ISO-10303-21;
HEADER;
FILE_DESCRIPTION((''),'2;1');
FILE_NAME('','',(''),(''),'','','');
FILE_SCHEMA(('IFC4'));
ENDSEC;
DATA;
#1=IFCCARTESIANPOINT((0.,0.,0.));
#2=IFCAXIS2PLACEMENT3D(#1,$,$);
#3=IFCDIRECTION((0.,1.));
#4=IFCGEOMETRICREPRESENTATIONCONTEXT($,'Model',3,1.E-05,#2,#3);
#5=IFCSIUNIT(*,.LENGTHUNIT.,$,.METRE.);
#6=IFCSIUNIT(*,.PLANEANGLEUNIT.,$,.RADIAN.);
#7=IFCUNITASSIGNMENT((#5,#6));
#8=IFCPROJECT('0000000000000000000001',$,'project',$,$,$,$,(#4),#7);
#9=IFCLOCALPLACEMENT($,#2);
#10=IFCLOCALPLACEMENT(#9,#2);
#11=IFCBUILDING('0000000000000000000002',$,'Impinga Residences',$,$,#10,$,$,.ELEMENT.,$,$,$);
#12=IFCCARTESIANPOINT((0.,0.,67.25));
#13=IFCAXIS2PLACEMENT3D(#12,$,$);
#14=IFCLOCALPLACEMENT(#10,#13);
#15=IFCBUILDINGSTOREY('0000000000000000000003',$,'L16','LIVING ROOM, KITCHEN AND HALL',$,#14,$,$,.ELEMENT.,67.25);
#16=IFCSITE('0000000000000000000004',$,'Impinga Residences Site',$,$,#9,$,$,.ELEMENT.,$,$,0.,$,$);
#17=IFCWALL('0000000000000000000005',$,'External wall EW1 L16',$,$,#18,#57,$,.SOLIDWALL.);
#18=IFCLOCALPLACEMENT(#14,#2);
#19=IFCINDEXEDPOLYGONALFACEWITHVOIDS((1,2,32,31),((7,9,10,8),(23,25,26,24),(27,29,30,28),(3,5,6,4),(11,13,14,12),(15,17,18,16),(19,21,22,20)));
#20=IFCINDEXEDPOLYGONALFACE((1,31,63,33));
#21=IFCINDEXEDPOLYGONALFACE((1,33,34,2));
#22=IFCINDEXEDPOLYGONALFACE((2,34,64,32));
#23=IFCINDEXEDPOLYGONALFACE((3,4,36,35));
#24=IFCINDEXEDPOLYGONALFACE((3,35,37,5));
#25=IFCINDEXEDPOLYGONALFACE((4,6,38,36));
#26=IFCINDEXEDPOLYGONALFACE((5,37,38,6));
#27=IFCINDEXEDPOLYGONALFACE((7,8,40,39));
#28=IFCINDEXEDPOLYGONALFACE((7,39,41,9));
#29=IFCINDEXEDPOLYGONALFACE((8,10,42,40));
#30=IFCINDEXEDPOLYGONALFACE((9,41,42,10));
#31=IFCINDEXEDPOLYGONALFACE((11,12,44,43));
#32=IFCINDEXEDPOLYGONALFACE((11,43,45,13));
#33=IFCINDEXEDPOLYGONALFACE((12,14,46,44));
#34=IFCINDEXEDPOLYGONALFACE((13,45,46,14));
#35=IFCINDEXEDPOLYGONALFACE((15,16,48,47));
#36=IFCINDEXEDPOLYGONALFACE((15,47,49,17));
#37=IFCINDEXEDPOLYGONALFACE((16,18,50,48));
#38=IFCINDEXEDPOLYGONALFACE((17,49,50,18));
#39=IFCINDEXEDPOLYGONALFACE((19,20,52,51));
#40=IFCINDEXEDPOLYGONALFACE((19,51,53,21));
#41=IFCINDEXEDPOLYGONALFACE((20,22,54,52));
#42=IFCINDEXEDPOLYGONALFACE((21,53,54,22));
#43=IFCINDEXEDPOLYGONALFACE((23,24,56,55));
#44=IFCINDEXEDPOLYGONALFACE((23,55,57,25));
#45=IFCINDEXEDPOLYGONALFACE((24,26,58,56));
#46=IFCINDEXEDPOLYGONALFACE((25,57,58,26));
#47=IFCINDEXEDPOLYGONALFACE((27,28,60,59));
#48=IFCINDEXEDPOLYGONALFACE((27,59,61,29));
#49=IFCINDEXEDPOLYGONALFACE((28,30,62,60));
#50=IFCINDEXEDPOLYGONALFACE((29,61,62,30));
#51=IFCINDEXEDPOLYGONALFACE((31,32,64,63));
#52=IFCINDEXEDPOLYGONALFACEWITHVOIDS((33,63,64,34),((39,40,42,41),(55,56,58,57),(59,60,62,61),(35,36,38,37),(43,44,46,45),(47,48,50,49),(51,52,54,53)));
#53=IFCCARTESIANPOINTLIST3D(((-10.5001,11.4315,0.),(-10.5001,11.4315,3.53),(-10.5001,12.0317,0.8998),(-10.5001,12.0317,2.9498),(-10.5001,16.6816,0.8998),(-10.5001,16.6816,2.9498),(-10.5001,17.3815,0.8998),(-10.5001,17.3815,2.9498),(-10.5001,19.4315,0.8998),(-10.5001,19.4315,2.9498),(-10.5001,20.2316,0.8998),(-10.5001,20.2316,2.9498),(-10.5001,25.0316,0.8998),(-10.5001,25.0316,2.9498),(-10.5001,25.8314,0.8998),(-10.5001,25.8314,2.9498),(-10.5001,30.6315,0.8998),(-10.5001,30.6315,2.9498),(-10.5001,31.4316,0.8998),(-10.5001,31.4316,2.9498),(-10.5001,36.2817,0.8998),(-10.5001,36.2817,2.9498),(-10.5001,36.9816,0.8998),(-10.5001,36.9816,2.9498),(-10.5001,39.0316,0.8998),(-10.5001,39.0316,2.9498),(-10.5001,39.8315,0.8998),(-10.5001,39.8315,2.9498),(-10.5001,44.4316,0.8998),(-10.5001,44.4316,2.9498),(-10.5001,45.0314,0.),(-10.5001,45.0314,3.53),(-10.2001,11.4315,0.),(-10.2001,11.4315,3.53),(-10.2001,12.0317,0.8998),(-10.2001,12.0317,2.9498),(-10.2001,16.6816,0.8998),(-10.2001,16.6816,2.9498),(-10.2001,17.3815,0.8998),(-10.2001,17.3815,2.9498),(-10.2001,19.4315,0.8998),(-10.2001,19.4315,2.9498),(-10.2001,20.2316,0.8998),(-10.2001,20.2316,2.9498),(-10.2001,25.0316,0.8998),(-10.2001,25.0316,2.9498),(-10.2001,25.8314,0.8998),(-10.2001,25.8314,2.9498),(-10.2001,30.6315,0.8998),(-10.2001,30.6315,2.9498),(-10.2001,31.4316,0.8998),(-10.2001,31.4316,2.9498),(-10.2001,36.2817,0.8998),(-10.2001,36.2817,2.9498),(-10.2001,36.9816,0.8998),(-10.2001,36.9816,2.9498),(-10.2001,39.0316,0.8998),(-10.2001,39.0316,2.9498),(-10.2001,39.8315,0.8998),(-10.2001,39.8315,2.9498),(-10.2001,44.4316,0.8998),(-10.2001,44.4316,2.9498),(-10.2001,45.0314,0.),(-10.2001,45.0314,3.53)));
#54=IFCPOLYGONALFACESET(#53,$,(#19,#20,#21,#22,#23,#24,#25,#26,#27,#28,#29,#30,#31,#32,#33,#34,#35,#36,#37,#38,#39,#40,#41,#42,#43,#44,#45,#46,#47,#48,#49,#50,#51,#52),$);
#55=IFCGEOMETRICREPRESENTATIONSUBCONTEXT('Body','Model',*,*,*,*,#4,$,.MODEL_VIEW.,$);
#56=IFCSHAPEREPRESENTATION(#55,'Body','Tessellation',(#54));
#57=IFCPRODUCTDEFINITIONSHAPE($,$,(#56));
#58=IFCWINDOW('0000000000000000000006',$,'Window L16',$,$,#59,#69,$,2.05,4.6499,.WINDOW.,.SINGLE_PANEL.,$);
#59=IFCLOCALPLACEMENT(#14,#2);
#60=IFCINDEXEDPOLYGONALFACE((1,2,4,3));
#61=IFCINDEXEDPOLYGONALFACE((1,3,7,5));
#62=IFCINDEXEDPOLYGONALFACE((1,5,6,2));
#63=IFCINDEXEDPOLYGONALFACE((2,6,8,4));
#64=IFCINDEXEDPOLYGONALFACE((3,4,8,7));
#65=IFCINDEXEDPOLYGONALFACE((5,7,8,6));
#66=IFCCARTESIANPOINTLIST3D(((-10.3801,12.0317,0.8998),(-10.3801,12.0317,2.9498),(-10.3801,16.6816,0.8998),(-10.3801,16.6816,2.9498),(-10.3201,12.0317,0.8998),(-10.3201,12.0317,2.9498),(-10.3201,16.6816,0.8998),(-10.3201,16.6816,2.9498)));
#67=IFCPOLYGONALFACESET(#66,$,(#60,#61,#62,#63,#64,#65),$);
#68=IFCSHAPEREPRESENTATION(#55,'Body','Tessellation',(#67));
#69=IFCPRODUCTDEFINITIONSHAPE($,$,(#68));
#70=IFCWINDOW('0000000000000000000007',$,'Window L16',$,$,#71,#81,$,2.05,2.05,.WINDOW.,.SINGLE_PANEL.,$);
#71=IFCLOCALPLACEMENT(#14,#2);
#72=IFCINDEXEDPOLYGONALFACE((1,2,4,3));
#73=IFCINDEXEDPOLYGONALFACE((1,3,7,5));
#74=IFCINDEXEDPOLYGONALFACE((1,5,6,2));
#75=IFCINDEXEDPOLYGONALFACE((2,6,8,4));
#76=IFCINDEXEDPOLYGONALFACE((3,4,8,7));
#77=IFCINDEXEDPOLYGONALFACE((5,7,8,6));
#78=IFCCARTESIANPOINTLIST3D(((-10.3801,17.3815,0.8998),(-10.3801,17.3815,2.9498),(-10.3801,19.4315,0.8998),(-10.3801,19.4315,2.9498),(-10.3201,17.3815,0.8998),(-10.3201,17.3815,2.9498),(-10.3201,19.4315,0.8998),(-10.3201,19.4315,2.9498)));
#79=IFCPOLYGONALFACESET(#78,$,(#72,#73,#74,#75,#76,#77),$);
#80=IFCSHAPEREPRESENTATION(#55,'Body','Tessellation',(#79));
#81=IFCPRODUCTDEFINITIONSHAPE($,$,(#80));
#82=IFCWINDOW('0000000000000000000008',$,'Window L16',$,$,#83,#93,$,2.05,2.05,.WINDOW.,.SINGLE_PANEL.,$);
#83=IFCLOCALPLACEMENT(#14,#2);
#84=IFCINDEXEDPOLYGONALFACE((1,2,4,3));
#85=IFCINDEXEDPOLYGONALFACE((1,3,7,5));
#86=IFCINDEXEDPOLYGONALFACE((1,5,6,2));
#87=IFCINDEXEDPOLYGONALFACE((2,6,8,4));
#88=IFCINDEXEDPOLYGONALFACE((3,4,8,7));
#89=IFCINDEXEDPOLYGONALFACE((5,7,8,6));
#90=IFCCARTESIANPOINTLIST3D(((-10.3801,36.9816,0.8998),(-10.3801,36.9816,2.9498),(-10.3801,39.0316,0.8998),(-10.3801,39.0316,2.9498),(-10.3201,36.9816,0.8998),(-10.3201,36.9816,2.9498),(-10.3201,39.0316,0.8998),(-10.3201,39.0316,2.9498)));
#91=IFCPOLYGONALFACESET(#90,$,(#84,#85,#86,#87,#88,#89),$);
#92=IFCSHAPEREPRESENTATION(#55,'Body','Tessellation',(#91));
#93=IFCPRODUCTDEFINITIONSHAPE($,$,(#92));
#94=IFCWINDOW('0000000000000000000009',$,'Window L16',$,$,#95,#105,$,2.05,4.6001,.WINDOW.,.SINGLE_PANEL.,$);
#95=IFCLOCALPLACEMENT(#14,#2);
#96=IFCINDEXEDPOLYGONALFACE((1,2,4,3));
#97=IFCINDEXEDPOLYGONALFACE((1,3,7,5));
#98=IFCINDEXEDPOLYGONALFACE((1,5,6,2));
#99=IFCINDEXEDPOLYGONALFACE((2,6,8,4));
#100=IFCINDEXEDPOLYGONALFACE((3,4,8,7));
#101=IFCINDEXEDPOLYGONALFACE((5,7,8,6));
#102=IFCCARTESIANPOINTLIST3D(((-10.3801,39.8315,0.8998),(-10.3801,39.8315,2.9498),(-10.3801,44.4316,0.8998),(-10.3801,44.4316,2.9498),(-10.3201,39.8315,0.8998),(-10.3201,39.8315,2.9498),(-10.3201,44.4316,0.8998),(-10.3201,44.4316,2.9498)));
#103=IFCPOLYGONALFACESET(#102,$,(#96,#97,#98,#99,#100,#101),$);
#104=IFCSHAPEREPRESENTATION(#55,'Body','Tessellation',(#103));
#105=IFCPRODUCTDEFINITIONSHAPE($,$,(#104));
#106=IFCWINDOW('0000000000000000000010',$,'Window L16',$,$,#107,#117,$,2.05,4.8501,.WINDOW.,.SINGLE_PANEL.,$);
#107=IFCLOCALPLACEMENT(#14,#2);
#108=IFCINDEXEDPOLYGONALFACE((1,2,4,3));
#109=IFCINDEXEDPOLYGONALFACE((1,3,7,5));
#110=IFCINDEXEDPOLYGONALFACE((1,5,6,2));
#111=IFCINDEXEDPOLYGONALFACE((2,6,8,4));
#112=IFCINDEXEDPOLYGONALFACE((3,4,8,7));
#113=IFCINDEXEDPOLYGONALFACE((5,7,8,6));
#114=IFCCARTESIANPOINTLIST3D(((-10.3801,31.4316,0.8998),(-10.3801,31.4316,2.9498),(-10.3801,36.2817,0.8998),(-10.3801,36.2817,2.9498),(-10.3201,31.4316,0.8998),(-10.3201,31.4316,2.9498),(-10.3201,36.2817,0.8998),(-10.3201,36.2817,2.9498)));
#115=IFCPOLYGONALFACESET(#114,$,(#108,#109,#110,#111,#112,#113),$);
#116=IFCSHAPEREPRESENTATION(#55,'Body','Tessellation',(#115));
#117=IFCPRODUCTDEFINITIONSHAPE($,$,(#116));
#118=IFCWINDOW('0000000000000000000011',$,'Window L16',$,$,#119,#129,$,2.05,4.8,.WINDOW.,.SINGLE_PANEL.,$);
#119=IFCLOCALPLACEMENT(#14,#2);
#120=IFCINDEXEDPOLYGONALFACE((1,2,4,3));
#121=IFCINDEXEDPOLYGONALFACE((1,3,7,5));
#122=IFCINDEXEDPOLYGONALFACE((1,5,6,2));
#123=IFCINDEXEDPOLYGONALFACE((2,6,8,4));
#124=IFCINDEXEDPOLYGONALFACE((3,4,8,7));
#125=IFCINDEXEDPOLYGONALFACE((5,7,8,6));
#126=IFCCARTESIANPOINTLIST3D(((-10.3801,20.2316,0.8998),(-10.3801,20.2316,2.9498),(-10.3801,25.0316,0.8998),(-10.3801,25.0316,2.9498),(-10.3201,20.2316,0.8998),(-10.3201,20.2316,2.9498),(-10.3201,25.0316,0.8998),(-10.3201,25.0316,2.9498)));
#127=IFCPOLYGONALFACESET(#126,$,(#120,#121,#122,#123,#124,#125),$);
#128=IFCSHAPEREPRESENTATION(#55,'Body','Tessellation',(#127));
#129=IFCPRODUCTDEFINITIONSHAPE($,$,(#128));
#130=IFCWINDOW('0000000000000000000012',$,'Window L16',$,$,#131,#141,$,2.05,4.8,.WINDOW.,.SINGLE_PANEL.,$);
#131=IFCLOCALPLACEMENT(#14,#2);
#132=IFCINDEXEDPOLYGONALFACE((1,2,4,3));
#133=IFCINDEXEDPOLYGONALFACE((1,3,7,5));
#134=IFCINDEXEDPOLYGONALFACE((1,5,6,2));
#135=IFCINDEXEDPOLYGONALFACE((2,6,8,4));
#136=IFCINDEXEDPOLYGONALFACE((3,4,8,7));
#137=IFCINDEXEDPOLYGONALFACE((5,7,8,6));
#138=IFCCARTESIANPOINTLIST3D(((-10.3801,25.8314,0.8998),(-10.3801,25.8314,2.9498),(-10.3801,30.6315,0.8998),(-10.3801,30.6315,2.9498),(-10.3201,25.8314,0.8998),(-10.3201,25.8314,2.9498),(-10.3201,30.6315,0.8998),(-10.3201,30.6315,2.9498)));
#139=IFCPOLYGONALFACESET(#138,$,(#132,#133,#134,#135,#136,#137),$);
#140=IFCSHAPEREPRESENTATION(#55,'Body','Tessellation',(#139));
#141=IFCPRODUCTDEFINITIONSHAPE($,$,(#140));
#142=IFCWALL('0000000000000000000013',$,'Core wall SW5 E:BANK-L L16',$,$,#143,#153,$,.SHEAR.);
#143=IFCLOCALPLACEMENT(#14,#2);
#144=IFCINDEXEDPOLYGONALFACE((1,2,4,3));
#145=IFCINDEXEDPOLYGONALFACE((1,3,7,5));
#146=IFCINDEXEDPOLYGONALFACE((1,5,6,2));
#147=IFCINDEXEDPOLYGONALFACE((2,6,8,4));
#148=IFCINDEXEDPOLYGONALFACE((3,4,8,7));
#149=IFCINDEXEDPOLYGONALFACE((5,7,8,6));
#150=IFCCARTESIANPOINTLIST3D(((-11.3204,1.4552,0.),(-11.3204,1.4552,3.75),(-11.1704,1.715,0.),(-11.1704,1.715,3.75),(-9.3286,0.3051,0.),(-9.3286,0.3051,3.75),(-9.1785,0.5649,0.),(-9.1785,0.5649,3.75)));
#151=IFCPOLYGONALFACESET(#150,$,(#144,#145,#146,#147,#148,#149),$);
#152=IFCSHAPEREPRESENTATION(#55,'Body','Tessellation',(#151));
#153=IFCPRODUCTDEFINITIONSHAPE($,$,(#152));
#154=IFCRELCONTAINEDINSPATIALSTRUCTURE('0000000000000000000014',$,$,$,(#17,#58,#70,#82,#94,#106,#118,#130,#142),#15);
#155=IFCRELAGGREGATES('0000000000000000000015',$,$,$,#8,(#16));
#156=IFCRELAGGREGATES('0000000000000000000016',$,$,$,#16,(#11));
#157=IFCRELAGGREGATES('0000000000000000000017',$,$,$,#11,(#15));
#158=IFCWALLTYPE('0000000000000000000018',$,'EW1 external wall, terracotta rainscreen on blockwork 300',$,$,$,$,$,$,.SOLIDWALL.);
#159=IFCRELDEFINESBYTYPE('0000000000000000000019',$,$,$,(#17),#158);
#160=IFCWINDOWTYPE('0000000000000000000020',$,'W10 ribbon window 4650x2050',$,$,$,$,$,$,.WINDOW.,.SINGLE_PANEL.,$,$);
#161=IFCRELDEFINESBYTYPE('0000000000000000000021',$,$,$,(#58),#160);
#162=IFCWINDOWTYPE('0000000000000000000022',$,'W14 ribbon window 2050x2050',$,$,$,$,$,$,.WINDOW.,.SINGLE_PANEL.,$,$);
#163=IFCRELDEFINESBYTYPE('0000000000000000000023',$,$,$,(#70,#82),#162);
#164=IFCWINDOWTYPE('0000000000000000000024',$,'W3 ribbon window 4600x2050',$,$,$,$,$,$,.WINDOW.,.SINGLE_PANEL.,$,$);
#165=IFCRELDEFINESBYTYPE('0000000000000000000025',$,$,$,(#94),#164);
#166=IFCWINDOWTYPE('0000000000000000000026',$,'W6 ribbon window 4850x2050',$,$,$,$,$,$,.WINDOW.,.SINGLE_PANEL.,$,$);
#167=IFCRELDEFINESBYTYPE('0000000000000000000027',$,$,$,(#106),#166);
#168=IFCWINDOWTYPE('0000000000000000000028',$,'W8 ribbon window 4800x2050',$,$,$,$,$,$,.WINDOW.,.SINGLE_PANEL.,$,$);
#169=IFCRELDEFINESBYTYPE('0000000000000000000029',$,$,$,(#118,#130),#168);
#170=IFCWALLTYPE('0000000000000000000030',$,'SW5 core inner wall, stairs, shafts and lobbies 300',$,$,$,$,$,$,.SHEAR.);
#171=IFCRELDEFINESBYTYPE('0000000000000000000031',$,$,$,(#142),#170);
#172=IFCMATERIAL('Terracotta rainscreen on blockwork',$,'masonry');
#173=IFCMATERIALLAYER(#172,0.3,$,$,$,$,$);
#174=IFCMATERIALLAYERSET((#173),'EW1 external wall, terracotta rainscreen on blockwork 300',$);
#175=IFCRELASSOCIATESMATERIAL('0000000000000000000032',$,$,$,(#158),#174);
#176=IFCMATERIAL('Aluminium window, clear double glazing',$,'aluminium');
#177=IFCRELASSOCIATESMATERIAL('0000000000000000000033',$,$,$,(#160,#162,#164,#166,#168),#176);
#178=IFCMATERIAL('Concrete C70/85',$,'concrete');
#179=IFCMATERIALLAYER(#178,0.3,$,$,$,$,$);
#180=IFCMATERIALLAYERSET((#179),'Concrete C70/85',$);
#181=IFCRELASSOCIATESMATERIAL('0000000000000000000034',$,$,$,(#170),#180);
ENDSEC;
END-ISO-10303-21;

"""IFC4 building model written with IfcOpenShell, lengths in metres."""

from ifc_helpers import new_model, si_unit, direction, frame, frame_2d, origin, place, context, subcontext, project, spatial, rectangle, extrude, material, layer, layer_set, type_object, element, fill, save


model = new_model("IFC4")

# Units and contexts
model_context = context("Model", 3, precision=1e-05, world=origin(), true_north=direction((0.0, 1.0)))
body_context = subcontext(model_context, "Body", "Model", "MODEL_VIEW")
ifc_project = project(units=[si_unit("LENGTHUNIT", "METRE"), si_unit("PLANEANGLEUNIT", "RADIAN")], contexts=[model_context])

# Site, building, storey
site_placement = place(None, origin())
site = spatial("IfcSite", under=ifc_project, at=site_placement, Name="Impinga Residences Site", CompositionType="ELEMENT", RefElevation=0.0)
building_placement = place(site_placement, origin())
building = spatial("IfcBuilding", under=site, at=building_placement, Name="Impinga Residences", CompositionType="ELEMENT")
storey_placement = place(building_placement, frame((0.0, 0.0, 67.25)))
storey = spatial("IfcBuildingStorey", under=building, at=storey_placement, Name="L16", Description="LIVING ROOM, KITCHEN AND HALL", CompositionType="ELEMENT", Elevation=67.25)

# Shared definitions
ifc_material_1 = material(Name="Concrete C70/85", Category="concrete")

# Wall, openings, windows
ifc_material_2 = material(Name="Terracotta rainscreen on blockwork", Category="masonry")
ifc_layer_1 = layer(ifc_material_2, 0.3)
ifc_layer_set_1 = layer_set([ifc_layer_1], Name="EW1 external wall, terracotta rainscreen on blockwork 300")
wall_type_1 = type_object("IfcWallType", Name="EW1 external wall, terracotta rainscreen on blockwork 300", PredefinedType="SOLIDWALL", material=ifc_layer_set_1)
wall_1_placement = place(storey_placement, frame((-10.3501, 11.4316, 0.0), z_axis=(0.0, 0.0, 1.0), x_axis=(0.0, 1.0, 0.0)))
wall_1 = element("IfcWall", 1, at=wall_1_placement, inside=storey, type_object=wall_type_1, Name="External wall EW1 L16", PredefinedType="SOLIDWALL", context=body_context, shape_type="SweptSolid", body=[
    extrude(rectangle(XDim=33.5999, YDim=0.3, at=frame_2d((16.7998, 0.0))), origin(), (0.0, 0.0, 1.0), 3.53),
])
opening_1_placement = place(wall_1_placement, frame((0.6001, 0.0, 0.8999)))
opening_1 = element("IfcOpeningElement", 2, at=opening_1_placement, cuts=wall_1, PredefinedType="OPENING", context=body_context, shape_type="SweptSolid", body=[
    extrude(rectangle(XDim=4.6499, YDim=2.05, at=frame_2d((2.325, 1.0249))), frame((0.0, 0.1599, 0.0), z_axis=(0.0, -1.0, 0.0), x_axis=(1.0, 0.0, 0.0)), (0.0, 0.0, 1.0), 0.3201),
])
opening_2_placement = place(wall_1_placement, frame((5.95, 0.0, 0.8999)))
opening_2 = element("IfcOpeningElement", 3, at=opening_2_placement, cuts=wall_1, PredefinedType="OPENING", context=body_context, shape_type="SweptSolid", body=[
    extrude(rectangle(XDim=2.05, YDim=2.05, at=frame_2d((1.0249, 1.0249))), frame((0.0, 0.1599, 0.0), z_axis=(0.0, -1.0, 0.0), x_axis=(1.0, 0.0, 0.0)), (0.0, 0.0, 1.0), 0.3201),
])
opening_3_placement = place(wall_1_placement, frame((8.8, 0.0, 0.8999)))
opening_3 = element("IfcOpeningElement", 4, at=opening_3_placement, cuts=wall_1, PredefinedType="OPENING", context=body_context, shape_type="SweptSolid", body=[
    extrude(rectangle(XDim=4.8, YDim=2.05, at=frame_2d((2.3999, 1.0249))), frame((0.0, 0.1599, 0.0), z_axis=(0.0, -1.0, 0.0), x_axis=(1.0, 0.0, 0.0)), (0.0, 0.0, 1.0), 0.3201),
])
opening_4_placement = place(wall_1_placement, frame((14.3999, 0.0, 0.8999)))
opening_4 = element("IfcOpeningElement", 5, at=opening_4_placement, cuts=wall_1, PredefinedType="OPENING", context=body_context, shape_type="SweptSolid", body=[
    extrude(rectangle(XDim=4.8, YDim=2.05, at=frame_2d((2.3999, 1.0249))), frame((0.0, 0.1599, 0.0), z_axis=(0.0, -1.0, 0.0), x_axis=(1.0, 0.0, 0.0)), (0.0, 0.0, 1.0), 0.3201),
])
opening_5_placement = place(wall_1_placement, frame((20.0, 0.0, 0.8999)))
opening_5 = element("IfcOpeningElement", 6, at=opening_5_placement, cuts=wall_1, PredefinedType="OPENING", context=body_context, shape_type="SweptSolid", body=[
    extrude(rectangle(XDim=4.8501, YDim=2.05, at=frame_2d((2.425, 1.0249))), frame((0.0, 0.1599, 0.0), z_axis=(0.0, -1.0, 0.0), x_axis=(1.0, 0.0, 0.0)), (0.0, 0.0, 1.0), 0.3201),
])
opening_6_placement = place(wall_1_placement, frame((25.55, 0.0, 0.8999)))
opening_6 = element("IfcOpeningElement", 7, at=opening_6_placement, cuts=wall_1, PredefinedType="OPENING", context=body_context, shape_type="SweptSolid", body=[
    extrude(rectangle(XDim=2.05, YDim=2.05, at=frame_2d((1.0249, 1.0249))), frame((0.0, 0.1599, 0.0), z_axis=(0.0, -1.0, 0.0), x_axis=(1.0, 0.0, 0.0)), (0.0, 0.0, 1.0), 0.3201),
])
opening_7_placement = place(wall_1_placement, frame((28.3999, 0.0, 0.8999)))
opening_7 = element("IfcOpeningElement", 8, at=opening_7_placement, cuts=wall_1, PredefinedType="OPENING", context=body_context, shape_type="SweptSolid", body=[
    extrude(rectangle(XDim=4.6001, YDim=2.05, at=frame_2d((2.3, 1.0249))), frame((0.0, 0.1599, 0.0), z_axis=(0.0, -1.0, 0.0), x_axis=(1.0, 0.0, 0.0)), (0.0, 0.0, 1.0), 0.3201),
])
ifc_material_3 = material(Name="Aluminium window, clear double glazing", Category="aluminium")
window_type_1 = type_object("IfcWindowType", Name="W10 ribbon window 4650x2050", PartitioningType="SINGLE_PANEL", PredefinedType="WINDOW", material=ifc_material_3)
window_1_placement = place(opening_1_placement, origin())
window_1 = element("IfcWindow", 9, at=window_1_placement, inside=storey, type_object=window_type_1, Name="Window L16", OverallHeight=2.05, OverallWidth=4.6499, PartitioningType="SINGLE_PANEL", PredefinedType="WINDOW", context=body_context, shape_type="SweptSolid", body=[
    extrude(rectangle(XDim=4.6499, YDim=2.05, at=frame_2d((2.325, 1.0249))), frame((0.0, 0.03, 0.0), z_axis=(0.0, -1.0, 0.0), x_axis=(1.0, 0.0, 0.0)), (0.0, 0.0, 1.0), 0.0601),
])
fill(opening_1, window_1)
window_type_2 = type_object("IfcWindowType", Name="W14 ribbon window 2050x2050", PartitioningType="SINGLE_PANEL", PredefinedType="WINDOW", material=ifc_material_3)
window_2_placement = place(opening_2_placement, origin())
window_2 = element("IfcWindow", 10, at=window_2_placement, inside=storey, type_object=window_type_2, Name="Window L16", OverallHeight=2.05, OverallWidth=2.05, PartitioningType="SINGLE_PANEL", PredefinedType="WINDOW", context=body_context, shape_type="SweptSolid", body=[
    extrude(rectangle(XDim=2.05, YDim=2.05, at=frame_2d((1.0249, 1.0249))), frame((0.0, 0.03, 0.0), z_axis=(0.0, -1.0, 0.0), x_axis=(1.0, 0.0, 0.0)), (0.0, 0.0, 1.0), 0.0601),
])
fill(opening_2, window_2)
window_3_placement = place(opening_6_placement, origin())
window_3 = element("IfcWindow", 11, at=window_3_placement, inside=storey, type_object=window_type_2, Name="Window L16", OverallHeight=2.05, OverallWidth=2.05, PartitioningType="SINGLE_PANEL", PredefinedType="WINDOW", context=body_context, shape_type="SweptSolid", body=[
    extrude(rectangle(XDim=2.05, YDim=2.05, at=frame_2d((1.0249, 1.0249))), frame((0.0, 0.03, 0.0), z_axis=(0.0, -1.0, 0.0), x_axis=(1.0, 0.0, 0.0)), (0.0, 0.0, 1.0), 0.0601),
])
fill(opening_6, window_3)
window_type_3 = type_object("IfcWindowType", Name="W3 ribbon window 4600x2050", PartitioningType="SINGLE_PANEL", PredefinedType="WINDOW", material=ifc_material_3)
window_4_placement = place(opening_7_placement, origin())
window_4 = element("IfcWindow", 12, at=window_4_placement, inside=storey, type_object=window_type_3, Name="Window L16", OverallHeight=2.05, OverallWidth=4.6001, PartitioningType="SINGLE_PANEL", PredefinedType="WINDOW", context=body_context, shape_type="SweptSolid", body=[
    extrude(rectangle(XDim=4.6001, YDim=2.05, at=frame_2d((2.3, 1.0249))), frame((0.0, 0.03, 0.0), z_axis=(0.0, -1.0, 0.0), x_axis=(1.0, 0.0, 0.0)), (0.0, 0.0, 1.0), 0.0601),
])
fill(opening_7, window_4)
window_type_4 = type_object("IfcWindowType", Name="W6 ribbon window 4850x2050", PartitioningType="SINGLE_PANEL", PredefinedType="WINDOW", material=ifc_material_3)
window_5_placement = place(opening_5_placement, origin())
window_5 = element("IfcWindow", 13, at=window_5_placement, inside=storey, type_object=window_type_4, Name="Window L16", OverallHeight=2.05, OverallWidth=4.8501, PartitioningType="SINGLE_PANEL", PredefinedType="WINDOW", context=body_context, shape_type="SweptSolid", body=[
    extrude(rectangle(XDim=4.8501, YDim=2.05, at=frame_2d((2.425, 1.0249))), frame((0.0, 0.03, 0.0), z_axis=(0.0, -1.0, 0.0), x_axis=(1.0, 0.0, 0.0)), (0.0, 0.0, 1.0), 0.0601),
])
fill(opening_5, window_5)
window_type_5 = type_object("IfcWindowType", Name="W8 ribbon window 4800x2050", PartitioningType="SINGLE_PANEL", PredefinedType="WINDOW", material=ifc_material_3)
window_6_placement = place(opening_3_placement, origin())
window_6 = element("IfcWindow", 14, at=window_6_placement, inside=storey, type_object=window_type_5, Name="Window L16", OverallHeight=2.05, OverallWidth=4.8, PartitioningType="SINGLE_PANEL", PredefinedType="WINDOW", context=body_context, shape_type="SweptSolid", body=[
    extrude(rectangle(XDim=4.8, YDim=2.05, at=frame_2d((2.3999, 1.0249))), frame((0.0, 0.03, 0.0), z_axis=(0.0, -1.0, 0.0), x_axis=(1.0, 0.0, 0.0)), (0.0, 0.0, 1.0), 0.0601),
])
fill(opening_3, window_6)
window_7_placement = place(opening_4_placement, origin())
window_7 = element("IfcWindow", 15, at=window_7_placement, inside=storey, type_object=window_type_5, Name="Window L16", OverallHeight=2.05, OverallWidth=4.8, PartitioningType="SINGLE_PANEL", PredefinedType="WINDOW", context=body_context, shape_type="SweptSolid", body=[
    extrude(rectangle(XDim=4.8, YDim=2.05, at=frame_2d((2.3999, 1.0249))), frame((0.0, 0.03, 0.0), z_axis=(0.0, -1.0, 0.0), x_axis=(1.0, 0.0, 0.0)), (0.0, 0.0, 1.0), 0.0601),
])
fill(opening_4, window_7)

# Wall
ifc_layer_2 = layer(ifc_material_1, 0.3)
ifc_layer_set_2 = layer_set([ifc_layer_2], Name="Concrete C70/85")
wall_type_2 = type_object("IfcWallType", Name="SW5 core inner wall, stairs, shafts and lobbies 300", PredefinedType="SHEAR", material=ifc_layer_set_2)
wall_2_placement = place(storey_placement, frame((-9.2537, 0.4351, 0.0), z_axis=(0.0, 0.0, 1.0), x_axis=(-0.866007, 0.500032, 0.0)))
element("IfcWall", 16, at=wall_2_placement, inside=storey, type_object=wall_type_2, Name="Core wall SW5 E:BANK-L L16", PredefinedType="SHEAR", context=body_context, shape_type="SweptSolid", body=[
    extrude(rectangle(XDim=2.3, YDim=0.3, at=frame_2d((1.1499, 0.0))), origin(), (0.0, 0.0, 1.0), 3.75),
])

save(model, "model.ifc")
